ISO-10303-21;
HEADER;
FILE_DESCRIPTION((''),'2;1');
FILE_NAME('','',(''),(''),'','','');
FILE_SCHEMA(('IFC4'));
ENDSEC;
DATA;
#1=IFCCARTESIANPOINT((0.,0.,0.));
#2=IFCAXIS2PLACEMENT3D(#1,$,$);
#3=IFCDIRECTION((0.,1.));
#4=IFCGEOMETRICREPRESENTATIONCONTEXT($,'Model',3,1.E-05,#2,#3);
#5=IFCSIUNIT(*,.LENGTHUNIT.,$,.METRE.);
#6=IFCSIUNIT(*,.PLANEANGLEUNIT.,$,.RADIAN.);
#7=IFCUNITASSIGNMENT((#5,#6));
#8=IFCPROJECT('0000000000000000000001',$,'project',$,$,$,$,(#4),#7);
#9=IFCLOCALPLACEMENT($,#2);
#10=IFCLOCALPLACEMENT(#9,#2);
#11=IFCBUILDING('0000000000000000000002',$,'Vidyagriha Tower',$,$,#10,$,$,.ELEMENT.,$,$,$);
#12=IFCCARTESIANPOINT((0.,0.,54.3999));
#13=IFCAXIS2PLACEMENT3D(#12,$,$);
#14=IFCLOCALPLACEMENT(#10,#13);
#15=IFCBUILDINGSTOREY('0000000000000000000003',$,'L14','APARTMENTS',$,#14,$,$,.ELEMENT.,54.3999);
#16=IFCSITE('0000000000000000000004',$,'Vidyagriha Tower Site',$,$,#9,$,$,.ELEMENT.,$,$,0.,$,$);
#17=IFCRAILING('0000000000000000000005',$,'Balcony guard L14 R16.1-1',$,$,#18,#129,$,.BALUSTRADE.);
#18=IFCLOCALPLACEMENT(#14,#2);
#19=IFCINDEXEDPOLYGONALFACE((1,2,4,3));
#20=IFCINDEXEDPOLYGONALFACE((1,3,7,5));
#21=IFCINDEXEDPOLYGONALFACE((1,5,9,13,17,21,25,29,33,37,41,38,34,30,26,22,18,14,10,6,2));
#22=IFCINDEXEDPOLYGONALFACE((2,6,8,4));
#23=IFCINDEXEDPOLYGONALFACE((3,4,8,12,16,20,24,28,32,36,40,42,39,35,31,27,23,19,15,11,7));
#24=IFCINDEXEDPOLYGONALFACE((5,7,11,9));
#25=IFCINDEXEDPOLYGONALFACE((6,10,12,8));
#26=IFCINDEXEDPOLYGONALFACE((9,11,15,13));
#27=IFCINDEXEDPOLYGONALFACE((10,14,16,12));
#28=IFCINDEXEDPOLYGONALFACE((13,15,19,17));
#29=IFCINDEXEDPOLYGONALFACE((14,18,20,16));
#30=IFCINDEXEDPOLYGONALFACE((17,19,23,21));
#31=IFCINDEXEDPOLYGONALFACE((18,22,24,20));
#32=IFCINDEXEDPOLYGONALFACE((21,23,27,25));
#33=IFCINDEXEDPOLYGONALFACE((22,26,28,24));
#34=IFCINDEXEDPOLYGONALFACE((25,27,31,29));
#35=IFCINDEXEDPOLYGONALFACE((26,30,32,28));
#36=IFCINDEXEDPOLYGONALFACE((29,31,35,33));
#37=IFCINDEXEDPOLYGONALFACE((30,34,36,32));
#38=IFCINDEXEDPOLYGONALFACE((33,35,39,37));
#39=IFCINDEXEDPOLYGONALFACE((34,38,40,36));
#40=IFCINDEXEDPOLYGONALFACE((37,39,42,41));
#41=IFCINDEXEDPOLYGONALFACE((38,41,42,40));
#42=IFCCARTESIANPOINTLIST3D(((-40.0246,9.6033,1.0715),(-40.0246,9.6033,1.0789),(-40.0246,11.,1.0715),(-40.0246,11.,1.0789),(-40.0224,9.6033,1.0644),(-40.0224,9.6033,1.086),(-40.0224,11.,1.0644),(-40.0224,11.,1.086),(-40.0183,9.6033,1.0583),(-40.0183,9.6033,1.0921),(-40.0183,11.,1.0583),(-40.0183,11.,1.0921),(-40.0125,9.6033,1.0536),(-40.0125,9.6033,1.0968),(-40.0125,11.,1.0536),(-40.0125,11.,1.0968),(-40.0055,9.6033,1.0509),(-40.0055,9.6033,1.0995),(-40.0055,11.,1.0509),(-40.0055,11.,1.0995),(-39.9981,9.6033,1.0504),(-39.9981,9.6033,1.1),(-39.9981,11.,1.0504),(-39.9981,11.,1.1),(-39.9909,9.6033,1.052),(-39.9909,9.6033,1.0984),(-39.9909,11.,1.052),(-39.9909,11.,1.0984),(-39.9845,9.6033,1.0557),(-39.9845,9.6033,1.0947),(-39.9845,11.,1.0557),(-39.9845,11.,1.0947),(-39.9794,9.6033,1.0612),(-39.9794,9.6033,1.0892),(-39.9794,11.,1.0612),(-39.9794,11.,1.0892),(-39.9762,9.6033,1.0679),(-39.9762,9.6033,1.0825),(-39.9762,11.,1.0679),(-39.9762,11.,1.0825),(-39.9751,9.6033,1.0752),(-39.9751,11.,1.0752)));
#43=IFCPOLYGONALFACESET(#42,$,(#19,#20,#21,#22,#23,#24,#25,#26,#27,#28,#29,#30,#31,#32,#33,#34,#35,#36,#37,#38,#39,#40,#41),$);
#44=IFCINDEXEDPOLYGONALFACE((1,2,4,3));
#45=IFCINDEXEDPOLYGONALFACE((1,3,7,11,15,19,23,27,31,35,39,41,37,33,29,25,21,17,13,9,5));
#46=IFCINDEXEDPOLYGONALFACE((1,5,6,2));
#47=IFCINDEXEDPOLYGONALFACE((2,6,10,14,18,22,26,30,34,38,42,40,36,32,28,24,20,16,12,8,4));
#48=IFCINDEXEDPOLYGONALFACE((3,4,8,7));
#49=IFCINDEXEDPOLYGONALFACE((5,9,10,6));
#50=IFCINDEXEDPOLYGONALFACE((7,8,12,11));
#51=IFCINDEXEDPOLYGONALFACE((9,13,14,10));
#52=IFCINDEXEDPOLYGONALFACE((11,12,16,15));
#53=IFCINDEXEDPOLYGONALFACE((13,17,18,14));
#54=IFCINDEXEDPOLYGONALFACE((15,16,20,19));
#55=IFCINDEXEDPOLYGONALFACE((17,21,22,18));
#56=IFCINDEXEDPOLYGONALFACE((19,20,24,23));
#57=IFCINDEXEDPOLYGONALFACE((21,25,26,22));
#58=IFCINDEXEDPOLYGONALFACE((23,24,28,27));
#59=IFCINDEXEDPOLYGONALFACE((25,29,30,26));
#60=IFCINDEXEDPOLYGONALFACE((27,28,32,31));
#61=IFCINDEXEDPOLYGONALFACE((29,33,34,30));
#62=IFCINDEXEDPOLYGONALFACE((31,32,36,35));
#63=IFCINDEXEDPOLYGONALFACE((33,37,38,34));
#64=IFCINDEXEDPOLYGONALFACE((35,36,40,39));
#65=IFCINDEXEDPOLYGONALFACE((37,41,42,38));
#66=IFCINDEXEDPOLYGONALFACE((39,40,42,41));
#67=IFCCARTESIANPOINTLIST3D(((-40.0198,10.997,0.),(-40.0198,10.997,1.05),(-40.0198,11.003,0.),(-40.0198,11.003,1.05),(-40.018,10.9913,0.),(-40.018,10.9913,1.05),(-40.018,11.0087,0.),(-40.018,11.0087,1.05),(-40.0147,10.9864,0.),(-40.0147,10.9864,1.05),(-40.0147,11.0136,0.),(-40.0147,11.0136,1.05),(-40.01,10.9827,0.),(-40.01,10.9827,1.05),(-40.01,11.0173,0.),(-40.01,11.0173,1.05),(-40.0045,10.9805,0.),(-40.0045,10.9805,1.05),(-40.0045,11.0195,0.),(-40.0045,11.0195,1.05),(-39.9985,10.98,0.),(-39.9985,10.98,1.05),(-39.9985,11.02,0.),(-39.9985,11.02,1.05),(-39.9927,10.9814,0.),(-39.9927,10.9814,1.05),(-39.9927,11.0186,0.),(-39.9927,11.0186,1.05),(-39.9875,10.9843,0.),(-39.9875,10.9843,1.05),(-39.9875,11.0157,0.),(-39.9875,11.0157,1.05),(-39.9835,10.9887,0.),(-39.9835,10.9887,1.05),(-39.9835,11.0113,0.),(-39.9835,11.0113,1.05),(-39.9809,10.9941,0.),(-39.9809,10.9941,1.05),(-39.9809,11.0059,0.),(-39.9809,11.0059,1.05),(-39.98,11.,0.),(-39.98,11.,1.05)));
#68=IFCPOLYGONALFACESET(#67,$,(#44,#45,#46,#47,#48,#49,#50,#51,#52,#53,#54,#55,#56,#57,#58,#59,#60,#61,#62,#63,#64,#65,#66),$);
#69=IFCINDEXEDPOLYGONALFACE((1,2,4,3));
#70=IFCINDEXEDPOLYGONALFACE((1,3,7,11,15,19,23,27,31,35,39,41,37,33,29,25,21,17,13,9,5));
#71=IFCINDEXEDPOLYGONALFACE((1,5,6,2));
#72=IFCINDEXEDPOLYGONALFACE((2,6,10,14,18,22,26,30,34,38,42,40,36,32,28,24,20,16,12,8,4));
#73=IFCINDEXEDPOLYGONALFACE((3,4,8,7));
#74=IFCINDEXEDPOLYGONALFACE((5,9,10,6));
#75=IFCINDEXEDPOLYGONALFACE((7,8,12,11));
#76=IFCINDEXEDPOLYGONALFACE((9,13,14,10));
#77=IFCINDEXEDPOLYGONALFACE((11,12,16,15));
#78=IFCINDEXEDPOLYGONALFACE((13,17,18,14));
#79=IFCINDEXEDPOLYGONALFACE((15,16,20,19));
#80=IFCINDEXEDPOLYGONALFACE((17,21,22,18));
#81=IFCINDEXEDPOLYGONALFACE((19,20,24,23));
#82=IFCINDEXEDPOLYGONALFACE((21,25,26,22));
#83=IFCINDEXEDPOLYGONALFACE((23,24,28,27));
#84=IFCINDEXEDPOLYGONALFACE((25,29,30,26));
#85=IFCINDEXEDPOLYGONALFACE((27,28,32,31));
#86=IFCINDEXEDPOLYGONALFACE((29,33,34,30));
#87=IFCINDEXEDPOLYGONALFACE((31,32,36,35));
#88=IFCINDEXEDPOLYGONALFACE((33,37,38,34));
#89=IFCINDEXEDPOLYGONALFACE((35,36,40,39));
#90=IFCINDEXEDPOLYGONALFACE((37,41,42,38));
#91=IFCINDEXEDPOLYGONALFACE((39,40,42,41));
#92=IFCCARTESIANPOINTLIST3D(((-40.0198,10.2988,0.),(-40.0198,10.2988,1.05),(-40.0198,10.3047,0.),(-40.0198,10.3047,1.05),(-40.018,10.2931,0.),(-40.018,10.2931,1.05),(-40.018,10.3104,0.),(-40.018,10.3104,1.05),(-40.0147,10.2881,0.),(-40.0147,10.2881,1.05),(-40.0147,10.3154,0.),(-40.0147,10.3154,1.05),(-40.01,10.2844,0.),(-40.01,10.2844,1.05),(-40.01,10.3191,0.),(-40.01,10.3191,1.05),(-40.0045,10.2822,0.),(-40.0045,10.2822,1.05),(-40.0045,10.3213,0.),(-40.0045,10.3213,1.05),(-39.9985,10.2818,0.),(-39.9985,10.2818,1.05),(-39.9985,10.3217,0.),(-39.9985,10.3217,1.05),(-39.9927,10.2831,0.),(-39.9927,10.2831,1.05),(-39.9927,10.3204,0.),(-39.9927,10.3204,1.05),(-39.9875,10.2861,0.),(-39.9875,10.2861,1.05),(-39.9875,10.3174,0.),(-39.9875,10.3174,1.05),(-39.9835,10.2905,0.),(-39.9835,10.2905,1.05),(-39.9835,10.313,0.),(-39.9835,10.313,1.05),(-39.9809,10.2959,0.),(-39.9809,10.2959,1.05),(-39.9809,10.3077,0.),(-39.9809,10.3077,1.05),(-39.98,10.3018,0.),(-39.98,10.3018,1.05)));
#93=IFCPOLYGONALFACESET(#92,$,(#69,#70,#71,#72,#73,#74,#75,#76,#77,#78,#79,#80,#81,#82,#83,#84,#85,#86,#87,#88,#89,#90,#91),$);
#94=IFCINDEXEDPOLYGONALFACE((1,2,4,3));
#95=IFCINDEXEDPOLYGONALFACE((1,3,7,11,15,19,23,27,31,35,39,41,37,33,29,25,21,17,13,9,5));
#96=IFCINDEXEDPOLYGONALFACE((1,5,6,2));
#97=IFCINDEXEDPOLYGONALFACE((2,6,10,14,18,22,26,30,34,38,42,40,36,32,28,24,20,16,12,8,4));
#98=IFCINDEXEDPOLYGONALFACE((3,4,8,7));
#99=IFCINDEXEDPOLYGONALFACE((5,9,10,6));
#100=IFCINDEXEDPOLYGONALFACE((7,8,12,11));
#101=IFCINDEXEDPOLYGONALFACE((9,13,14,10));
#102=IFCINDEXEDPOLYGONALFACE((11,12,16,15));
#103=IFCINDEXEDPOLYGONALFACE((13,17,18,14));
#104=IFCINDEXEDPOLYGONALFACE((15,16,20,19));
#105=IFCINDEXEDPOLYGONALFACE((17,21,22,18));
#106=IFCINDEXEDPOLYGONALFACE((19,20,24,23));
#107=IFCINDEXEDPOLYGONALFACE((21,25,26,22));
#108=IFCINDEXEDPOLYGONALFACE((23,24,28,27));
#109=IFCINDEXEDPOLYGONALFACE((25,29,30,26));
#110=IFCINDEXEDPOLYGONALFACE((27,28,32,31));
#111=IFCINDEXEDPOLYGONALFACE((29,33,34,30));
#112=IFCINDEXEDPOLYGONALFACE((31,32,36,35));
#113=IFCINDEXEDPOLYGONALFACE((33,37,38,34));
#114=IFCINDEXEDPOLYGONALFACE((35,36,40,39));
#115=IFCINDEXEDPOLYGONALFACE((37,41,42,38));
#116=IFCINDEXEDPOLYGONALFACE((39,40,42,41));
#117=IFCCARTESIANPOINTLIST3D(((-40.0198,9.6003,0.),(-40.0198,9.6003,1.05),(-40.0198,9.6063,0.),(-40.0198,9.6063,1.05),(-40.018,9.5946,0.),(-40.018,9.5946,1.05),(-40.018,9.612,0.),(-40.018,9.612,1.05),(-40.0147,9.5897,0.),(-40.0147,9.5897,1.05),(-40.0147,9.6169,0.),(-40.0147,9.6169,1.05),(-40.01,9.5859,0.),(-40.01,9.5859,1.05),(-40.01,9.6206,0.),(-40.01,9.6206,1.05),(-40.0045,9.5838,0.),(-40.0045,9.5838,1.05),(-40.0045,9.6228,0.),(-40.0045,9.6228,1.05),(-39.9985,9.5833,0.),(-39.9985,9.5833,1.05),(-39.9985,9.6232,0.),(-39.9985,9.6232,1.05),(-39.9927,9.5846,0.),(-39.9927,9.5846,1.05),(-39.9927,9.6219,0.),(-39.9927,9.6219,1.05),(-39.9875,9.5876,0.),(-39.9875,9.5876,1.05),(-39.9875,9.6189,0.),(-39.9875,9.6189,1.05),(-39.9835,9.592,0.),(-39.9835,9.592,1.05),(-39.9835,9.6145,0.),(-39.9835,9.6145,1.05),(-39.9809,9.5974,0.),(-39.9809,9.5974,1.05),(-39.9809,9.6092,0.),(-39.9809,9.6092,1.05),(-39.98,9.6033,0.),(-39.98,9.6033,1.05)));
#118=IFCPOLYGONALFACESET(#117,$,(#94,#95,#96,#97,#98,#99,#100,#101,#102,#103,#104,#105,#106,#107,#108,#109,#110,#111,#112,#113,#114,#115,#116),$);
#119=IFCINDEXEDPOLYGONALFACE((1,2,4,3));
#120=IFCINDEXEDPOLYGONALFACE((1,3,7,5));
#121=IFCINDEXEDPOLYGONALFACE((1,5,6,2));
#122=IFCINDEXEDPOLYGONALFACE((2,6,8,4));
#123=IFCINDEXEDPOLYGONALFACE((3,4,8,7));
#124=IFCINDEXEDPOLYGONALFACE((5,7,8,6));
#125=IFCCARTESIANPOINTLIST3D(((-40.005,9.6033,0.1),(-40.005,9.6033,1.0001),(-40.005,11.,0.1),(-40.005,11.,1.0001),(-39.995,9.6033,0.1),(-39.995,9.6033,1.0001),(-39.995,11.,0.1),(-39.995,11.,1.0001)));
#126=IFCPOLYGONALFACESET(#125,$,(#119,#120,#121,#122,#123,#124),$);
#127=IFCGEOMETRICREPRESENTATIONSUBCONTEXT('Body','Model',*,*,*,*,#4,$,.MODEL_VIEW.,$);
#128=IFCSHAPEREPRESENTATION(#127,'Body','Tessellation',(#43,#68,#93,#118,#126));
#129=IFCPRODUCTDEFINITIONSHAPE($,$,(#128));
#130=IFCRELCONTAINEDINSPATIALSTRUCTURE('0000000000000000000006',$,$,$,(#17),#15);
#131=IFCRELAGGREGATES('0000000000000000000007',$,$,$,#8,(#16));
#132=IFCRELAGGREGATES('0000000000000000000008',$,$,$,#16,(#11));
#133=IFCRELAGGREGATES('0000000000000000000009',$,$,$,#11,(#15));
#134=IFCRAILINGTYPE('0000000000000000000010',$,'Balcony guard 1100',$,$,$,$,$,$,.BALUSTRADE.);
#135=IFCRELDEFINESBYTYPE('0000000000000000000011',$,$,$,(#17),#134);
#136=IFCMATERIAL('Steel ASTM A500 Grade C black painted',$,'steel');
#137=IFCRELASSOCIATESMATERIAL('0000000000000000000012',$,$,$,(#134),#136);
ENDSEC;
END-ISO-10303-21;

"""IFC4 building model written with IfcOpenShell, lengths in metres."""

from ifc_helpers import new_model, si_unit, direction, frame, origin, origin_2d, place, context, subcontext, project, spatial, rectangle, circle, extrude, material, type_object, element, save


model = new_model("IFC4")

# Units and contexts
model_context = context("Model", 3, precision=1e-05, world=origin(), true_north=direction((0.0, 1.0)))
body_context = subcontext(model_context, "Body", "Model", "MODEL_VIEW")
ifc_project = project(units=[si_unit("LENGTHUNIT", "METRE"), si_unit("PLANEANGLEUNIT", "RADIAN")], contexts=[model_context])

# Site, building, storey
site_placement = place(None, origin())
site = spatial("IfcSite", under=ifc_project, at=site_placement, Name="Vidyagriha Tower Site", CompositionType="ELEMENT", RefElevation=0.0)
building_placement = place(site_placement, origin())
building = spatial("IfcBuilding", under=site, at=building_placement, Name="Vidyagriha Tower", CompositionType="ELEMENT")
storey_placement = place(building_placement, frame((0.0, 0.0, 54.3999)))
storey = spatial("IfcBuildingStorey", under=building, at=storey_placement, Name="L14", Description="APARTMENTS", CompositionType="ELEMENT", Elevation=54.3999)

# Railing
ifc_material_1 = material(Name="Steel ASTM A500 Grade C black painted", Category="steel")
railing_type_1 = type_object("IfcRailingType", Name="Balcony guard 1100", PredefinedType="BALUSTRADE", material=ifc_material_1)
railing_1_placement = place(storey_placement, frame((-40.0, 11.0, 0.0)))
element("IfcRailing", 1, at=railing_1_placement, inside=storey, type_object=railing_type_1, Name="Balcony guard L14 R16.1-1", PredefinedType="BALUSTRADE", context=body_context, shape_type="SweptSolid", body=[
    extrude(circle(Radius=0.0249, at=origin_2d()), frame((0.0, 0.0, 1.0752), z_axis=(0.0, -1.0, 0.0), x_axis=(1.0, 0.0, 0.0)), (0.0, 0.0, 1.0), 1.3967),
    extrude(circle(Radius=0.02, at=origin_2d()), origin(), (0.0, 0.0, 1.0), 1.05),
    extrude(circle(Radius=0.02, at=origin_2d()), frame((0.0, -0.6982, 0.0)), (0.0, 0.0, 1.0), 1.05),
    extrude(circle(Radius=0.02, at=origin_2d()), frame((0.0, -1.3967, 0.0)), (0.0, 0.0, 1.0), 1.05),
    extrude(rectangle(XDim=0.01, YDim=0.9001, at=origin_2d()), frame((0.0, 0.0, 0.55), z_axis=(0.0, -1.0, 0.0), x_axis=(1.0, 0.0, 0.0)), (0.0, 0.0, 1.0), 1.3967),
])

save(model, "model.ifc")
